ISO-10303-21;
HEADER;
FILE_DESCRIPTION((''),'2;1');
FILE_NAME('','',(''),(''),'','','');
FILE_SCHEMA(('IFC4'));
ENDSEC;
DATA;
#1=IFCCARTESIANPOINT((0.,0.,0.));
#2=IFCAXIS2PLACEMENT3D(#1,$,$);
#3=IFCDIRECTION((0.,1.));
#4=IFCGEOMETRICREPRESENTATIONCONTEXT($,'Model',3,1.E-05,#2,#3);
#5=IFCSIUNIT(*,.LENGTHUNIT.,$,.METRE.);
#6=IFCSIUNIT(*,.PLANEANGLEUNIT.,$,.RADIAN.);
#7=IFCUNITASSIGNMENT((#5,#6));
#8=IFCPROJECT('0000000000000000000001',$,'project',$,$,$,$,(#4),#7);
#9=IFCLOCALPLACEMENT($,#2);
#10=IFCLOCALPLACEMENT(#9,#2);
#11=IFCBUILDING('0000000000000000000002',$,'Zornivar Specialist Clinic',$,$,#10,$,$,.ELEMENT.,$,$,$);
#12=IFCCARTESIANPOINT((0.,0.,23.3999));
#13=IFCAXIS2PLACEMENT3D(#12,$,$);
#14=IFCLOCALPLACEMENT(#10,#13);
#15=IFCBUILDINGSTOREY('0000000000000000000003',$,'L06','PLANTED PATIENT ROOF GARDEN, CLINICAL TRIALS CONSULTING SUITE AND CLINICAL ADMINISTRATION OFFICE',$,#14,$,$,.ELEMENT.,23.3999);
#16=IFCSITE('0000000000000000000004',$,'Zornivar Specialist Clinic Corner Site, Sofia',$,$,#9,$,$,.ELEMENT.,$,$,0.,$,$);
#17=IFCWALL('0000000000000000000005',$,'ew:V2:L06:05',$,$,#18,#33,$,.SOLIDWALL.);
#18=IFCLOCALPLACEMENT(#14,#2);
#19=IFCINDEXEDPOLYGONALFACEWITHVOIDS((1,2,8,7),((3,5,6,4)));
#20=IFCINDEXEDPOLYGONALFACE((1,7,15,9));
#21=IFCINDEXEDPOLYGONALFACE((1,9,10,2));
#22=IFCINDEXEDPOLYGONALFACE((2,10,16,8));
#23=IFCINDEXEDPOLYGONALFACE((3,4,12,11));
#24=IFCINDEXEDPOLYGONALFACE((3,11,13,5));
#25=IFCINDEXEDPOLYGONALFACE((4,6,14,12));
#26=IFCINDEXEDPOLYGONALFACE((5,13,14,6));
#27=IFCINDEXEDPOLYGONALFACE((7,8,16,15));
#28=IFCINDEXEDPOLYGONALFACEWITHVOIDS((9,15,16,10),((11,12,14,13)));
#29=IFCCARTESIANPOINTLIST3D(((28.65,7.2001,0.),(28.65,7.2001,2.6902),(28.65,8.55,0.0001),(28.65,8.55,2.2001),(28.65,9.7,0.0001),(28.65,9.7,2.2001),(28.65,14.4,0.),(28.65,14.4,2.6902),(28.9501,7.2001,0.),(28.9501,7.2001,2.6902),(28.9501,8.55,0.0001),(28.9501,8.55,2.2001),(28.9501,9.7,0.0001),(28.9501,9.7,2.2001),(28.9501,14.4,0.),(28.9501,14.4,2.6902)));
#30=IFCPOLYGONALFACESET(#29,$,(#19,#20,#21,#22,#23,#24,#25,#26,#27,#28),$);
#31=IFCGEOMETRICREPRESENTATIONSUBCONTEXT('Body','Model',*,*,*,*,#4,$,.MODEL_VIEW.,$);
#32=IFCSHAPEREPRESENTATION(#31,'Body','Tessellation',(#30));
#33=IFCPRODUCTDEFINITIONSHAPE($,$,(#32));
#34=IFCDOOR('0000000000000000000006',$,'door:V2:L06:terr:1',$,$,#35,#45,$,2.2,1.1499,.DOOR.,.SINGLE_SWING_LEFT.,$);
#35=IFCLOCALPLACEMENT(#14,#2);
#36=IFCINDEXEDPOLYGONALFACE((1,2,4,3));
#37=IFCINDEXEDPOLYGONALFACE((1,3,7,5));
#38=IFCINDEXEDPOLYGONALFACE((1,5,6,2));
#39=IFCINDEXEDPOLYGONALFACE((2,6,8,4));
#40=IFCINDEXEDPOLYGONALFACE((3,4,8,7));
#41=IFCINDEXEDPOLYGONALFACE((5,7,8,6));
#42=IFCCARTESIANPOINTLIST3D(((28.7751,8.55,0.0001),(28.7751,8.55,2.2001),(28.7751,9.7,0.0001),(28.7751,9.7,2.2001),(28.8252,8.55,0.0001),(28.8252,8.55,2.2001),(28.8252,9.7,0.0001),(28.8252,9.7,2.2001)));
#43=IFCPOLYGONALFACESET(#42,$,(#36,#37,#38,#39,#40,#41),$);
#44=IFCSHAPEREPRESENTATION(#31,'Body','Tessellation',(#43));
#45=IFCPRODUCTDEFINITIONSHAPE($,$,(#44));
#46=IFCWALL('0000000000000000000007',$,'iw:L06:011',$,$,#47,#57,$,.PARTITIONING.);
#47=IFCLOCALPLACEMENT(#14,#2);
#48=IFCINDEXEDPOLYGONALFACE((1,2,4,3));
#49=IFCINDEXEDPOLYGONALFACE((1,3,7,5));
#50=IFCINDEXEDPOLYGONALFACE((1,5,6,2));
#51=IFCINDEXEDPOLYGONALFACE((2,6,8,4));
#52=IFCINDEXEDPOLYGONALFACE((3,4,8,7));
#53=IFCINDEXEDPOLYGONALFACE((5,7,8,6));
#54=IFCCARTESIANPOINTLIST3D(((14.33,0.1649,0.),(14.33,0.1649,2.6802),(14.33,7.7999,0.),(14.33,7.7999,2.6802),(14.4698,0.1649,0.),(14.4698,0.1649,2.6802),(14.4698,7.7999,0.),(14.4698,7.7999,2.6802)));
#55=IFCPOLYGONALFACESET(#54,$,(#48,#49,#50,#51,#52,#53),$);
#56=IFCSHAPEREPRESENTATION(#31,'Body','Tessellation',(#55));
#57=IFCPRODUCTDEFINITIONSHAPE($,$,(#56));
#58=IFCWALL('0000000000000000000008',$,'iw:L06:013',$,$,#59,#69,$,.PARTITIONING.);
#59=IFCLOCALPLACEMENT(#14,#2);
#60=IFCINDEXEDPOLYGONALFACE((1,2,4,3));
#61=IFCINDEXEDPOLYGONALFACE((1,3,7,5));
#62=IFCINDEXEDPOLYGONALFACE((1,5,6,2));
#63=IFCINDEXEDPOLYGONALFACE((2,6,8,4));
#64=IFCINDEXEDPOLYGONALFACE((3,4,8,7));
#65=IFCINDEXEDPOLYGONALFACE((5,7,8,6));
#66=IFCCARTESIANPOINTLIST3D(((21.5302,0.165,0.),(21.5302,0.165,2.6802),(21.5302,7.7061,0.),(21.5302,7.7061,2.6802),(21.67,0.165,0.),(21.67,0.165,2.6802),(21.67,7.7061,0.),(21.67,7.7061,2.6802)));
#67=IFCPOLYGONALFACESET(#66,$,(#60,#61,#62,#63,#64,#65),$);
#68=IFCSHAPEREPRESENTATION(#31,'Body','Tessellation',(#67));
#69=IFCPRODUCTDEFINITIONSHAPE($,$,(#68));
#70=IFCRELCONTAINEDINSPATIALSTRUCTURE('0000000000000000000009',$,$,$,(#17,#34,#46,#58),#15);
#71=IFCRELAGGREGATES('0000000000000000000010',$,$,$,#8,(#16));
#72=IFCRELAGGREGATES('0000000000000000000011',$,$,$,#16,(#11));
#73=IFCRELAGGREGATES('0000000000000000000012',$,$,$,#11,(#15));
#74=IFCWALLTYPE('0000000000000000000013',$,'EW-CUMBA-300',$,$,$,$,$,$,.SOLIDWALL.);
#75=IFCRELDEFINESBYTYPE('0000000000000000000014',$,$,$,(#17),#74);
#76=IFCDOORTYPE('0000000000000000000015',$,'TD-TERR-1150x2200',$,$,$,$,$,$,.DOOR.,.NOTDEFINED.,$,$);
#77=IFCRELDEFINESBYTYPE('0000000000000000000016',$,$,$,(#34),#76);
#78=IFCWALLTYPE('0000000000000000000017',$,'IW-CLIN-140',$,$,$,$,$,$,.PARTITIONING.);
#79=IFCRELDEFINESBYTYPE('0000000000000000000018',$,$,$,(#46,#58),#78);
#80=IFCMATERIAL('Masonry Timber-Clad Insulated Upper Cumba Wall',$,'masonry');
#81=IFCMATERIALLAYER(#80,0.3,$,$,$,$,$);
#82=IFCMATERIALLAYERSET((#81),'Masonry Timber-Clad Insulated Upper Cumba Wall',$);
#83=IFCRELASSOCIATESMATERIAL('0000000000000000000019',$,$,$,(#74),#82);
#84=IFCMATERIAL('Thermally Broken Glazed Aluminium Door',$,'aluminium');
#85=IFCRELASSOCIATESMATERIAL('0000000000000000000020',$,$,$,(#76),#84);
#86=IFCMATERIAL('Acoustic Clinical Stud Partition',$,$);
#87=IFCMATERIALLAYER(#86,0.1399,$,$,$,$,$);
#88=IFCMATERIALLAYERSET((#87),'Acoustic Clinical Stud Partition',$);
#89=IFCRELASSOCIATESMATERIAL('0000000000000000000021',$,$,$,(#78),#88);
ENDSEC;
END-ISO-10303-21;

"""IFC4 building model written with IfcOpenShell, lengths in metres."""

from ifc_helpers import new_model, si_unit, direction, frame, frame_2d, origin, place, context, subcontext, project, spatial, rectangle, extrude, material, layer, layer_set, type_object, element, fill, save


model = new_model("IFC4")

# Units and contexts
model_context = context("Model", 3, precision=1e-05, world=origin(), true_north=direction((0.0, 1.0)))
body_context = subcontext(model_context, "Body", "Model", "MODEL_VIEW")
ifc_project = project(units=[si_unit("LENGTHUNIT", "METRE"), si_unit("PLANEANGLEUNIT", "RADIAN")], contexts=[model_context])

# Site, building, storey
site_placement = place(None, origin())
site = spatial("IfcSite", under=ifc_project, at=site_placement, Name="Zornivar Specialist Clinic Corner Site, Sofia", CompositionType="ELEMENT", RefElevation=0.0)
building_placement = place(site_placement, origin())
building = spatial("IfcBuilding", under=site, at=building_placement, Name="Zornivar Specialist Clinic", CompositionType="ELEMENT")
storey_placement = place(building_placement, frame((0.0, 0.0, 23.3999)))
storey = spatial("IfcBuildingStorey", under=building, at=storey_placement, Name="L06", Description="PLANTED PATIENT ROOF GARDEN, CLINICAL TRIALS CONSULTING SUITE AND CLINICAL ADMINISTRATION OFFICE", CompositionType="ELEMENT", Elevation=23.3999)

# Shared definitions
ifc_material_1 = material(Name="Masonry Timber-Clad Insulated Upper Cumba Wall", Category="masonry")
ifc_layer_1 = layer(ifc_material_1, 0.3)
ifc_layer_set_1 = layer_set([ifc_layer_1], Name="Masonry Timber-Clad Insulated Upper Cumba Wall")
wall_type_1 = type_object("IfcWallType", Name="EW-CUMBA-300", PredefinedType="SOLIDWALL", material=ifc_layer_set_1)

# Wall, opening, door
wall_1_placement = place(storey_placement, frame((28.8, 7.2, 0.0), z_axis=(0.0, 0.0, 1.0), x_axis=(0.0, 1.0, 0.0)))
wall_1 = element("IfcWall", 1, at=wall_1_placement, inside=storey, type_object=wall_type_1, Name="ew:V2:L06:05", PredefinedType="SOLIDWALL", context=body_context, shape_type="SweptSolid", body=[
    extrude(rectangle(XDim=7.2, YDim=0.3, at=frame_2d((3.6001, 0.0))), origin(), (0.0, 0.0, 1.0), 2.6902),
])
opening_1_placement = place(wall_1_placement, frame((1.3501, 0.0, 0.0)))
opening_1 = element("IfcOpeningElement", 2, at=opening_1_placement, cuts=wall_1, PredefinedType="OPENING", context=body_context, shape_type="SweptSolid", body=[
    extrude(rectangle(XDim=1.1499, YDim=2.2, at=frame_2d((0.575, 1.1001))), frame((0.0, 0.1599, 0.0), z_axis=(0.0, -1.0, 0.0), x_axis=(1.0, 0.0, 0.0)), (0.0, 0.0, 1.0), 0.3201),
])
ifc_material_2 = material(Name="Thermally Broken Glazed Aluminium Door", Category="aluminium")
door_type = type_object("IfcDoorType", Name="TD-TERR-1150x2200", OperationType="NOTDEFINED", PredefinedType="DOOR", material=ifc_material_2)
door_placement = place(opening_1_placement, origin())
door = element("IfcDoor", 3, at=door_placement, inside=storey, type_object=door_type, Name="door:V2:L06:terr:1", OperationType="SINGLE_SWING_LEFT", OverallHeight=2.2, OverallWidth=1.1499, PredefinedType="DOOR", context=body_context, shape_type="SweptSolid", body=[
    extrude(rectangle(XDim=1.1499, YDim=2.2, at=frame_2d((0.575, 1.1001))), frame((0.0, 0.0249, 0.0), z_axis=(0.0, -1.0, 0.0), x_axis=(1.0, 0.0, 0.0)), (0.0, 0.0, 1.0), 0.05),
])
fill(opening_1, door)

# Walls
ifc_material_3 = material(Name="Acoustic Clinical Stud Partition")
ifc_layer_2 = layer(ifc_material_3, 0.1399)
ifc_layer_set_2 = layer_set([ifc_layer_2], Name="Acoustic Clinical Stud Partition")
wall_type_2 = type_object("IfcWallType", Name="IW-CLIN-140", PredefinedType="PARTITIONING", material=ifc_layer_set_2)
wall_2_placement = place(storey_placement, frame((14.3999, 0.165, 0.0), z_axis=(0.0, 0.0, 1.0), x_axis=(0.0, 1.0, 0.0)))
element("IfcWall", 4, at=wall_2_placement, inside=storey, type_object=wall_type_2, Name="iw:L06:011", PredefinedType="PARTITIONING", context=body_context, shape_type="SweptSolid", body=[
    extrude(rectangle(XDim=7.635, YDim=0.1399, at=frame_2d((3.8174, 0.0))), origin(), (0.0, 0.0, 1.0), 2.6802),
])
wall_3_placement = place(storey_placement, frame((21.6001, 7.7061, 0.0), z_axis=(0.0, 0.0, 1.0), x_axis=(0.0, -1.0, 0.0)))
element("IfcWall", 5, at=wall_3_placement, inside=storey, type_object=wall_type_2, Name="iw:L06:013", PredefinedType="PARTITIONING", context=body_context, shape_type="SweptSolid", body=[
    extrude(rectangle(XDim=7.541, YDim=0.1399, at=frame_2d((3.7705, 0.0))), origin(), (0.0, 0.0, 1.0), 2.6802),
])

save(model, "model.ifc")
